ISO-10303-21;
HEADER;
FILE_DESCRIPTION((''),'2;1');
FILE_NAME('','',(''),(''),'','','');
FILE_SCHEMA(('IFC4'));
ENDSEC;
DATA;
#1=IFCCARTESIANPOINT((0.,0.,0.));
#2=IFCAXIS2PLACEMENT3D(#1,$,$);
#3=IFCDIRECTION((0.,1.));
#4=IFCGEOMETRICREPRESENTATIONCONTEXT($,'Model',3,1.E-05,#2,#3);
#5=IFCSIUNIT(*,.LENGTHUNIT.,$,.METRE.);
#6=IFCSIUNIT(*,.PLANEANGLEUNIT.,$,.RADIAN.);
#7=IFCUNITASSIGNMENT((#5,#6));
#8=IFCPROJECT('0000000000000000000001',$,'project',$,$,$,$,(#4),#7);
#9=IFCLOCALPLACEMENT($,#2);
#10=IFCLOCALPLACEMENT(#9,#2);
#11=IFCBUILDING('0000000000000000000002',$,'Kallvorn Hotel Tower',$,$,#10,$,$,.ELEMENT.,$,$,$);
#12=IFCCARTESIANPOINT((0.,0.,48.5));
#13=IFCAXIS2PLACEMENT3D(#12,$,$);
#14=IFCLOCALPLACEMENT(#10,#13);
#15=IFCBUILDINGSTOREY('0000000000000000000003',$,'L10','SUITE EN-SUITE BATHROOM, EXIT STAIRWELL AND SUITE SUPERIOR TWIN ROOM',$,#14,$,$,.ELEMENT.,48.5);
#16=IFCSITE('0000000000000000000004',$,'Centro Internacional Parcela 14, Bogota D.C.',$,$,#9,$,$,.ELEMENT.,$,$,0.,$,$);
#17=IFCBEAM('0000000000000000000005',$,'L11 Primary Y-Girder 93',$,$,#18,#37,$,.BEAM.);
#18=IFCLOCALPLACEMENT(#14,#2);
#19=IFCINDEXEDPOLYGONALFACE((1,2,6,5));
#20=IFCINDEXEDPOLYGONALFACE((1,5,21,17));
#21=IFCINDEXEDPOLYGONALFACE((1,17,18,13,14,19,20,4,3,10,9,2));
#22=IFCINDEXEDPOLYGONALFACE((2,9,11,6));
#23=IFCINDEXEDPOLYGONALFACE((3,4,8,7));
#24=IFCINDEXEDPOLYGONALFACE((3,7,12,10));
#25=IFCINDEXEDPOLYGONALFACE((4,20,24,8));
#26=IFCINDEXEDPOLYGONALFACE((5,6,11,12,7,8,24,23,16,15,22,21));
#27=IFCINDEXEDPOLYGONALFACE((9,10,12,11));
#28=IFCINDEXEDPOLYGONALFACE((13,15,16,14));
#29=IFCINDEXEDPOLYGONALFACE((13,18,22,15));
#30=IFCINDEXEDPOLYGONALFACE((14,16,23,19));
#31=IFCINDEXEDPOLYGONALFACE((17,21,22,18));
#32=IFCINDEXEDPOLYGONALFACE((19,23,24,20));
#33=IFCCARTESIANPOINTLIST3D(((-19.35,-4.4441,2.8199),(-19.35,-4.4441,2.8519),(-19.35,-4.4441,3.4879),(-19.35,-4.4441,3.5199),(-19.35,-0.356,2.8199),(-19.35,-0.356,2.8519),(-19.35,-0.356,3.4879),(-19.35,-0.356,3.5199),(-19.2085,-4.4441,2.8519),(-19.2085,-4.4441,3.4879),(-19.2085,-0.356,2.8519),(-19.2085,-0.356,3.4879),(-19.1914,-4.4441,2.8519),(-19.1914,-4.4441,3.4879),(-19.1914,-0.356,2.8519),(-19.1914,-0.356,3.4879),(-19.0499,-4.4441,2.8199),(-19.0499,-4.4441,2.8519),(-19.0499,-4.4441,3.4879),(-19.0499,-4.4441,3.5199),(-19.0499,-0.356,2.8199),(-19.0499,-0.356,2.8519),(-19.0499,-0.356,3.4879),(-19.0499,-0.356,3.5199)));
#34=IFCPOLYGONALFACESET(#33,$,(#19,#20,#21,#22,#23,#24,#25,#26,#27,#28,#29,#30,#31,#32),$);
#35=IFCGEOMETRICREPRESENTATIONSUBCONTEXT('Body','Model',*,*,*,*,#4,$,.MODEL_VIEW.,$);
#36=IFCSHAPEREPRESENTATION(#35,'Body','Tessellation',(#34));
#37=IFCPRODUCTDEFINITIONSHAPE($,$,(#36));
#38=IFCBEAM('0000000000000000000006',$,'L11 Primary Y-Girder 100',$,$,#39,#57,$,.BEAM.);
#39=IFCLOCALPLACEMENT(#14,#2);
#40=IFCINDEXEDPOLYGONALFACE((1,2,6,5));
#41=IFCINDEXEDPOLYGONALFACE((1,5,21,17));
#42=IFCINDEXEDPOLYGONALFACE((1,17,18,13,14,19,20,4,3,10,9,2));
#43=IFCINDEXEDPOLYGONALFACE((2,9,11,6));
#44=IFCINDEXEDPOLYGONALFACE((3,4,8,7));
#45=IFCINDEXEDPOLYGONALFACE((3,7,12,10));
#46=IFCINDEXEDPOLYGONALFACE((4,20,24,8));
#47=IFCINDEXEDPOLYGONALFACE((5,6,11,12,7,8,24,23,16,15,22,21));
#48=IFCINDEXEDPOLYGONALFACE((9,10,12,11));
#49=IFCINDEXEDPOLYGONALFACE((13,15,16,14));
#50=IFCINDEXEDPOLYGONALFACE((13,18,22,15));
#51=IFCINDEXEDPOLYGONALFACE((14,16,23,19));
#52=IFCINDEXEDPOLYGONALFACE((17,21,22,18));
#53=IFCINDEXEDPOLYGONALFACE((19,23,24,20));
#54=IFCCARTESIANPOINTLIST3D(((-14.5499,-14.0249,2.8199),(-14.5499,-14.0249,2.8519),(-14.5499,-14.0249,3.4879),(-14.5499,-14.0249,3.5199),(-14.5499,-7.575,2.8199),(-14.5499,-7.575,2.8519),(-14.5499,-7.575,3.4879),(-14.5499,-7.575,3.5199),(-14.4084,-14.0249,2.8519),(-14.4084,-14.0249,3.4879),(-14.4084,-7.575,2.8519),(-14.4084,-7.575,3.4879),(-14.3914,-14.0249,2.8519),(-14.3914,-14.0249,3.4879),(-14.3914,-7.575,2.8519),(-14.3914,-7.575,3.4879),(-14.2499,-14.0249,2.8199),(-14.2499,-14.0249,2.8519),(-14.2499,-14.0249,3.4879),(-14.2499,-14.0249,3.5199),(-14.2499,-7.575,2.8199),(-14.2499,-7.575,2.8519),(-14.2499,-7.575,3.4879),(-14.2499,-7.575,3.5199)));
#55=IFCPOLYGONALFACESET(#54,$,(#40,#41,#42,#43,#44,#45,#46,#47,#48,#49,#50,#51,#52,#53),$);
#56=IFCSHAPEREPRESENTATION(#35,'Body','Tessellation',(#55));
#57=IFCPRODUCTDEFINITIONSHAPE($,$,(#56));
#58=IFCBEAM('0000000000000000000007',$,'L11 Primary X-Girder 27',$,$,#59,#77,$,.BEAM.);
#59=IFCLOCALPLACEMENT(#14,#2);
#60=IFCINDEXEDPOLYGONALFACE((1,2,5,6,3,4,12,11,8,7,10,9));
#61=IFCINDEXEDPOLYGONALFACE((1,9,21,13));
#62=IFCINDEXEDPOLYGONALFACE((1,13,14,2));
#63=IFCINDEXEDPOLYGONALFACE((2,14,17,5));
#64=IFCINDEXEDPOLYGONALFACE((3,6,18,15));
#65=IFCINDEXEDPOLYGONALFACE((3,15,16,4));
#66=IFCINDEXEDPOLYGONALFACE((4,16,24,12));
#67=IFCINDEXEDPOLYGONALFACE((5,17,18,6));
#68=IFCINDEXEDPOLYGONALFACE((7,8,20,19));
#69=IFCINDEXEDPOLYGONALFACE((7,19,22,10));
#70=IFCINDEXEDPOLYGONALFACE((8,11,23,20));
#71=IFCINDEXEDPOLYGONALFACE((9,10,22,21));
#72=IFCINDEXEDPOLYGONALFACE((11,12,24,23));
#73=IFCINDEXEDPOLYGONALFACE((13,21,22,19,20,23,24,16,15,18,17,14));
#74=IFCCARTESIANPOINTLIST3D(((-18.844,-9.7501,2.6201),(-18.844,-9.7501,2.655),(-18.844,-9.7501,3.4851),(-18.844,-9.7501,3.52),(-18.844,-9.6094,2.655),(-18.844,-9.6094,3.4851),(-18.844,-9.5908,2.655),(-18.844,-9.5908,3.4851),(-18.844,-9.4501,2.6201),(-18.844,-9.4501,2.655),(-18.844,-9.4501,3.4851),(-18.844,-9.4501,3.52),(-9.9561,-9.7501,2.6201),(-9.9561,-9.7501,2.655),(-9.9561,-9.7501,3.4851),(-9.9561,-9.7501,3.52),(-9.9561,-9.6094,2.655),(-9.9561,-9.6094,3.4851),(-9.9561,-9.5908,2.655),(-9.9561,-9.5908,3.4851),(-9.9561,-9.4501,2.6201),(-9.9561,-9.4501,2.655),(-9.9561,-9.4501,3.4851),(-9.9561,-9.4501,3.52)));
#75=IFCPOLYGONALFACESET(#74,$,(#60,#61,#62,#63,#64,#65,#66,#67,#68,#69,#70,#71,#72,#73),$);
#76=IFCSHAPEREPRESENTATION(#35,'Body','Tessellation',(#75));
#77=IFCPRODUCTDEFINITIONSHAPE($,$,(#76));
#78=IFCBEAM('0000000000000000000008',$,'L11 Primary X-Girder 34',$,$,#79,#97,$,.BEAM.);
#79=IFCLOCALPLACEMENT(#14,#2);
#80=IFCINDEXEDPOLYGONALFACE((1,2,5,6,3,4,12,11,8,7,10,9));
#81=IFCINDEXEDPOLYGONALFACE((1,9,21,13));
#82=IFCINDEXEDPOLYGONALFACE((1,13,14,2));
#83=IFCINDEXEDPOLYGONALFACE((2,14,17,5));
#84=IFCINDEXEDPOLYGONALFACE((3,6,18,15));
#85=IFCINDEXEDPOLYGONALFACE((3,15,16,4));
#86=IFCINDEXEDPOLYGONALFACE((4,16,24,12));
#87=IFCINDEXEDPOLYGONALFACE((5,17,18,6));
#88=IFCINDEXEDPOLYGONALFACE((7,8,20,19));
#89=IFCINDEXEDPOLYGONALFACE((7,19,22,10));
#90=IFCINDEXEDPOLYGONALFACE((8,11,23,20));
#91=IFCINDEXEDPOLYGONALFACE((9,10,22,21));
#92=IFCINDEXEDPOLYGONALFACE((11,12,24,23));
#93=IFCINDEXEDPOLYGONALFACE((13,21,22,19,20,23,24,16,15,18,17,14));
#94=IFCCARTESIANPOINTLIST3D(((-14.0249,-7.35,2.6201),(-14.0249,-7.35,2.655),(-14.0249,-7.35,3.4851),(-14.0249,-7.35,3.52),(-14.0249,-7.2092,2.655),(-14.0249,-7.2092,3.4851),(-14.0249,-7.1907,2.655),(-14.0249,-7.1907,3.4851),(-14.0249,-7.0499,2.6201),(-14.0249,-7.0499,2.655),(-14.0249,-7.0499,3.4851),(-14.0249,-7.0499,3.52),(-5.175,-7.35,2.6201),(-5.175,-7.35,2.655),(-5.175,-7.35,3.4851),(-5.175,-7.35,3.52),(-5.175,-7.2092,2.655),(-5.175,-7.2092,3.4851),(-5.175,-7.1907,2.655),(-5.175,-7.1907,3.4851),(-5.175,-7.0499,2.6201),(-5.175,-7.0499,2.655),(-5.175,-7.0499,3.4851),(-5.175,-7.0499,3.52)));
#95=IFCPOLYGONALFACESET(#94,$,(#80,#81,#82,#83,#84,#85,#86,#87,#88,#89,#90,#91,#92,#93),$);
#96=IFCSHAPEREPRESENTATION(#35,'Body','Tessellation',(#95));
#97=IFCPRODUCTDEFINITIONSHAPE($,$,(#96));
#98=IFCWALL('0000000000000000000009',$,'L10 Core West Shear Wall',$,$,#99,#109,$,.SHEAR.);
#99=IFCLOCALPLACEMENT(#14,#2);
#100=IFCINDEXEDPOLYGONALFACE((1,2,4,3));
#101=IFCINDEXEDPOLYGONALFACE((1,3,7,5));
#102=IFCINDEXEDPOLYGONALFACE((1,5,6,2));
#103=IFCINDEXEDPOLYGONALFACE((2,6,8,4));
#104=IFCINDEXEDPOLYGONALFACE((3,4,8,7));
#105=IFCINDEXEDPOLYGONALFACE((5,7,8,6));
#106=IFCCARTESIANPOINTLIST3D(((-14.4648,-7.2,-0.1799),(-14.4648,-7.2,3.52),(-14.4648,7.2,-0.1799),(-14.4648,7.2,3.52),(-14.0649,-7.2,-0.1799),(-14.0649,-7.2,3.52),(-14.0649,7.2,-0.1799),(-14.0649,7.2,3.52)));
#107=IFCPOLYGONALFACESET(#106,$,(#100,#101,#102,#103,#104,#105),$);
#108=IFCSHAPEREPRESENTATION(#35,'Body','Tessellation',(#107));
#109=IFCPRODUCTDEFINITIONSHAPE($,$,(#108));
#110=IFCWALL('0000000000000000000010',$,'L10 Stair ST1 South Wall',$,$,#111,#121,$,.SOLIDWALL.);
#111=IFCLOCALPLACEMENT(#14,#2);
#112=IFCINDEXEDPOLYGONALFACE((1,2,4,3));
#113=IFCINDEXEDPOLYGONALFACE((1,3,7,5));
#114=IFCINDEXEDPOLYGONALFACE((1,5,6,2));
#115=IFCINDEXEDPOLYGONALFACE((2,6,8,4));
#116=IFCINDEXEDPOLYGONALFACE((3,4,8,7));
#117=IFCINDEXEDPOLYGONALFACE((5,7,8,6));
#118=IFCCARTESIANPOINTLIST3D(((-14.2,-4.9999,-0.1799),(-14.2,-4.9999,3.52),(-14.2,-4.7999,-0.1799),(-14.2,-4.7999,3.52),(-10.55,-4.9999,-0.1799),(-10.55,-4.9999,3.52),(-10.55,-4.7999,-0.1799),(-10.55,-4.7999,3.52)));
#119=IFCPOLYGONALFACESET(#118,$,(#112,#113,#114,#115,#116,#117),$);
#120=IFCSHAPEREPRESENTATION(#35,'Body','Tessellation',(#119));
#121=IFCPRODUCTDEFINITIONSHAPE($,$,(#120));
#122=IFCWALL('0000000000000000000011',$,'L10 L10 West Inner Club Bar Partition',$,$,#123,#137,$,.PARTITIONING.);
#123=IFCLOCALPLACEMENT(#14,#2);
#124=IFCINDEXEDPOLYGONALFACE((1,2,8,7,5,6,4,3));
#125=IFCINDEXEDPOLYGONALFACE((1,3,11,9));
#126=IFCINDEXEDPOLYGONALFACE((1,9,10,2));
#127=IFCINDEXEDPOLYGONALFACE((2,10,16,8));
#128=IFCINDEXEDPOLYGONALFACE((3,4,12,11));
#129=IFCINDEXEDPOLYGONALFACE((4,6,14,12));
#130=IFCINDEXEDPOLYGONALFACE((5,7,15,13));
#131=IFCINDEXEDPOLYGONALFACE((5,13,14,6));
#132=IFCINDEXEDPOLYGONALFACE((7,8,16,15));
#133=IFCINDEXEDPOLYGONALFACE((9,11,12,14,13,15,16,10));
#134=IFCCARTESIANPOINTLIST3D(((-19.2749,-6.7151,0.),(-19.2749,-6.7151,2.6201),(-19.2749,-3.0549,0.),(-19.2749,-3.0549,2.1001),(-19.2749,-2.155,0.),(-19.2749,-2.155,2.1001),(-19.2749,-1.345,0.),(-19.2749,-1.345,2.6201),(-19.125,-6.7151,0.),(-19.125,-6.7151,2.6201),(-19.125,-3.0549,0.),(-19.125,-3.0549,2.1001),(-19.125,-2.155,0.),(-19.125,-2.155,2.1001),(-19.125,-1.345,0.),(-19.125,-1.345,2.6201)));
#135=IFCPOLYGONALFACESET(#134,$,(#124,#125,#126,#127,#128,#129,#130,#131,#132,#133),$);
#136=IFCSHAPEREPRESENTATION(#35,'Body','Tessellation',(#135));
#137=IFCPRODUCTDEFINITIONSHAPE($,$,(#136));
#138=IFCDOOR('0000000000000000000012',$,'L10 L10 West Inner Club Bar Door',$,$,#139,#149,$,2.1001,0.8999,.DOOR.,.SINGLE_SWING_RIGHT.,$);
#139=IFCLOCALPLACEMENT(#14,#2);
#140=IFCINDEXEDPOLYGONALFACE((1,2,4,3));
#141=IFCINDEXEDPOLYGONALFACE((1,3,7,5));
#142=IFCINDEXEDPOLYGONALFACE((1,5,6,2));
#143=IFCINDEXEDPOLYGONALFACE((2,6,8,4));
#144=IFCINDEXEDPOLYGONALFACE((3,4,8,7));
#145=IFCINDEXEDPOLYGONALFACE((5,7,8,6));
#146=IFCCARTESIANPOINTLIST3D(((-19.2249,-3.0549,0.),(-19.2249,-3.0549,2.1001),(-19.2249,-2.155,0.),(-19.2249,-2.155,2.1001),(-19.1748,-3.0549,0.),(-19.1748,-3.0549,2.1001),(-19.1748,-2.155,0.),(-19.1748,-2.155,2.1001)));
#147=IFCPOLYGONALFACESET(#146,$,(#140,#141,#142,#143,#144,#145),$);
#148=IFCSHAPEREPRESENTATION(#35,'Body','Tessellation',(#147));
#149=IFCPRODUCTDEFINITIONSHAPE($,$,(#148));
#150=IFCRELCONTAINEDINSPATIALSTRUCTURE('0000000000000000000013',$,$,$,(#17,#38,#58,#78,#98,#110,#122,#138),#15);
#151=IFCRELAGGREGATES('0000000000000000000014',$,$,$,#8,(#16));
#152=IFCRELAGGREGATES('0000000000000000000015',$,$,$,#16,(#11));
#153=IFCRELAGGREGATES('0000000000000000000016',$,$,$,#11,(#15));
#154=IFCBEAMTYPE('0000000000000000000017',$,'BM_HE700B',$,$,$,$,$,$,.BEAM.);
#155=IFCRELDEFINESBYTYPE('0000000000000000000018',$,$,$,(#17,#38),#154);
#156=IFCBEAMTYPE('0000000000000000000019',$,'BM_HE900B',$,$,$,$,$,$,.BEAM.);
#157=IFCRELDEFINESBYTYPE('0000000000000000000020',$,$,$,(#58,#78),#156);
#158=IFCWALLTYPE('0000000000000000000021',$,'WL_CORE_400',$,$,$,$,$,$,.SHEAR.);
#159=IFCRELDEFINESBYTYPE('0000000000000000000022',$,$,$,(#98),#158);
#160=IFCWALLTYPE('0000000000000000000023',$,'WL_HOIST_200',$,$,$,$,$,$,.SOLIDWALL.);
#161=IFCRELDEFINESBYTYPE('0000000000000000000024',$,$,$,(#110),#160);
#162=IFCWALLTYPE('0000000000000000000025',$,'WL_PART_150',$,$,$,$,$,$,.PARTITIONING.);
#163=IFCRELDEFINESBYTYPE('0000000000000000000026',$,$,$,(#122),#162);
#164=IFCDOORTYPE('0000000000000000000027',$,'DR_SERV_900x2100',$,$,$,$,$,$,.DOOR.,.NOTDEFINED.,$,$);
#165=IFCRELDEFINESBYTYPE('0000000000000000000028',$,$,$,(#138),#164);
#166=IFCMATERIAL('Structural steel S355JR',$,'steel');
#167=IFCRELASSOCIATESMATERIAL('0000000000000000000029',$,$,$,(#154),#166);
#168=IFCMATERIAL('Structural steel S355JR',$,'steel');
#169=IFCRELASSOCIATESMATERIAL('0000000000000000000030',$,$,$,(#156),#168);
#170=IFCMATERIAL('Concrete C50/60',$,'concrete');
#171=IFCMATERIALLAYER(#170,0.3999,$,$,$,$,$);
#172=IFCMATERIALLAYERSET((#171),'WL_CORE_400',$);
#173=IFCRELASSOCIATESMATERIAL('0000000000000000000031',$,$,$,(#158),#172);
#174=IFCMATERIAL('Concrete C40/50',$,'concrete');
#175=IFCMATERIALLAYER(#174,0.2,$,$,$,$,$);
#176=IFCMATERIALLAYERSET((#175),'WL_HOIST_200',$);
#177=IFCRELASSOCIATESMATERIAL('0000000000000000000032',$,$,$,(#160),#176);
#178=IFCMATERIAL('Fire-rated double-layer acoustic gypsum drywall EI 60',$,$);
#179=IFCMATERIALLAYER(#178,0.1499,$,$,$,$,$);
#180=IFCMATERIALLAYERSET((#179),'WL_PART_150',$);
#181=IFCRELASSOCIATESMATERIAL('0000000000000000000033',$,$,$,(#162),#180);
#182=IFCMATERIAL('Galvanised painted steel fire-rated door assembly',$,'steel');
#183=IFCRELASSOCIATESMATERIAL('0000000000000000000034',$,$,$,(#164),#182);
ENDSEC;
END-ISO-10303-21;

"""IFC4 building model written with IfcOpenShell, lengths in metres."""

from ifc_helpers import new_model, si_unit, direction, frame, frame_2d, origin, origin_2d, place, context, subcontext, project, spatial, rectangle, i_section, extrude, material, layer, layer_set, material_profile, profile_set, type_object, element, fill, save


model = new_model("IFC4")

# Units and contexts
model_context = context("Model", 3, precision=1e-05, world=origin(), true_north=direction((0.0, 1.0)))
body_context = subcontext(model_context, "Body", "Model", "MODEL_VIEW")
ifc_project = project(units=[si_unit("LENGTHUNIT", "METRE"), si_unit("PLANEANGLEUNIT", "RADIAN")], contexts=[model_context])

# Site, building, storey
site_placement = place(None, origin())
site = spatial("IfcSite", under=ifc_project, at=site_placement, Name="Centro Internacional Parcela 14, Bogota D.C.", CompositionType="ELEMENT", RefElevation=0.0)
building_placement = place(site_placement, origin())
building = spatial("IfcBuilding", under=site, at=building_placement, Name="Kallvorn Hotel Tower", CompositionType="ELEMENT")
storey_placement = place(building_placement, frame((0.0, 0.0, 48.5)))
storey = spatial("IfcBuildingStorey", under=building, at=storey_placement, Name="L10", Description="SUITE EN-SUITE BATHROOM, EXIT STAIRWELL AND SUITE SUPERIOR TWIN ROOM", CompositionType="ELEMENT", Elevation=48.5)

# Beams
ifc_material_1 = material(Name="Structural steel S355JR", Category="steel")
ifc_material_profile_1 = material_profile(ifc_material_1, i_section(OverallWidth=0.3, OverallDepth=0.7, WebThickness=0.0171, FlangeThickness=0.032, at=origin_2d()), Name="HE 700 B")
ifc_profile_set_1 = profile_set([ifc_material_profile_1], Name="Structural steel S355JR")
beam_type_1 = type_object("IfcBeamType", Name="BM_HE700B", PredefinedType="BEAM", material=ifc_profile_set_1)
beam_1_placement = place(storey_placement, frame((-19.2, -4.4441, 3.1699), z_axis=(0.0, 1.0, 0.0), x_axis=(-1.0, 0.0, 0.0)))
element("IfcBeam", 1, at=beam_1_placement, inside=storey, type_object=beam_type_1, Name="L11 Primary Y-Girder 93", PredefinedType="BEAM", context=body_context, shape_type="SweptSolid", body=[
    extrude(i_section(OverallWidth=0.3, OverallDepth=0.7, WebThickness=0.0171, FlangeThickness=0.032, at=origin_2d()), origin(), (0.0, 0.0, 1.0), 4.0881),
])
beam_2_placement = place(storey_placement, frame((-14.3999, -14.0249, 3.1699), z_axis=(0.0, 1.0, 0.0), x_axis=(-1.0, 0.0, 0.0)))
element("IfcBeam", 2, at=beam_2_placement, inside=storey, type_object=beam_type_1, Name="L11 Primary Y-Girder 100", PredefinedType="BEAM", context=body_context, shape_type="SweptSolid", body=[
    extrude(i_section(OverallWidth=0.3, OverallDepth=0.7, WebThickness=0.0171, FlangeThickness=0.032, at=origin_2d()), origin(), (0.0, 0.0, 1.0), 6.45),
])
ifc_material_2 = material(Name="Structural steel S355JR", Category="steel")
ifc_material_profile_2 = material_profile(ifc_material_2, i_section(OverallWidth=0.3, OverallDepth=0.8999, WebThickness=0.0186, FlangeThickness=0.0349, at=origin_2d()), Name="HE 900 B")
ifc_profile_set_2 = profile_set([ifc_material_profile_2], Name="Structural steel S355JR")
beam_type_2 = type_object("IfcBeamType", Name="BM_HE900B", PredefinedType="BEAM", material=ifc_profile_set_2)
beam_3_placement = place(storey_placement, frame((-18.844, -9.6001, 3.0701), z_axis=(1.0, 0.0, 0.0), x_axis=(0.0, 1.0, 0.0)))
element("IfcBeam", 3, at=beam_3_placement, inside=storey, type_object=beam_type_2, Name="L11 Primary X-Girder 27", PredefinedType="BEAM", context=body_context, shape_type="SweptSolid", body=[
    extrude(i_section(OverallWidth=0.3, OverallDepth=0.8999, WebThickness=0.0186, FlangeThickness=0.0349, at=origin_2d()), origin(), (0.0, 0.0, 1.0), 8.8879),
])
beam_4_placement = place(storey_placement, frame((-14.0249, -7.2, 3.0701), z_axis=(1.0, 0.0, 0.0), x_axis=(0.0, 1.0, 0.0)))
element("IfcBeam", 4, at=beam_4_placement, inside=storey, type_object=beam_type_2, Name="L11 Primary X-Girder 34", PredefinedType="BEAM", context=body_context, shape_type="SweptSolid", body=[
    extrude(i_section(OverallWidth=0.3, OverallDepth=0.8999, WebThickness=0.0186, FlangeThickness=0.0349, at=origin_2d()), origin(), (0.0, 0.0, 1.0), 8.8499),
])

# Walls
ifc_material_3 = material(Name="Concrete C50/60", Category="concrete")
ifc_layer_1 = layer(ifc_material_3, 0.3999)
ifc_layer_set_1 = layer_set([ifc_layer_1], Name="WL_CORE_400")
wall_type_1 = type_object("IfcWallType", Name="WL_CORE_400", PredefinedType="SHEAR", material=ifc_layer_set_1)
wall_1_placement = place(storey_placement, frame((-14.2649, -7.2, -0.1799), z_axis=(0.0, 0.0, 1.0), x_axis=(0.0, 1.0, 0.0)))
element("IfcWall", 5, at=wall_1_placement, inside=storey, type_object=wall_type_1, Name="L10 Core West Shear Wall", PredefinedType="SHEAR", context=body_context, shape_type="SweptSolid", body=[
    extrude(rectangle(XDim=14.3999, YDim=0.3999, at=frame_2d((7.2, 0.0))), origin(), (0.0, 0.0, 1.0), 3.7),
])
ifc_material_4 = material(Name="Concrete C40/50", Category="concrete")
ifc_layer_2 = layer(ifc_material_4, 0.2)
ifc_layer_set_2 = layer_set([ifc_layer_2], Name="WL_HOIST_200")
wall_type_2 = type_object("IfcWallType", Name="WL_HOIST_200", PredefinedType="SOLIDWALL", material=ifc_layer_set_2)
wall_2_placement = place(storey_placement, frame((-14.2, -4.8999, -0.1799), z_axis=(0.0, 0.0, 1.0), x_axis=(1.0, 0.0, 0.0)))
element("IfcWall", 6, at=wall_2_placement, inside=storey, type_object=wall_type_2, Name="L10 Stair ST1 South Wall", PredefinedType="SOLIDWALL", context=body_context, shape_type="SweptSolid", body=[
    extrude(rectangle(XDim=3.6499, YDim=0.2, at=frame_2d((1.825, 0.0))), origin(), (0.0, 0.0, 1.0), 3.7),
])

# Wall, opening, door
ifc_material_5 = material(Name="Fire-rated double-layer acoustic gypsum drywall EI 60")
ifc_layer_3 = layer(ifc_material_5, 0.1499)
ifc_layer_set_3 = layer_set([ifc_layer_3], Name="WL_PART_150")
wall_type_3 = type_object("IfcWallType", Name="WL_PART_150", PredefinedType="PARTITIONING", material=ifc_layer_set_3)
wall_3_placement = place(storey_placement, frame((-19.2, -6.7151, 0.0), z_axis=(0.0, 0.0, 1.0), x_axis=(0.0, 1.0, 0.0)))
wall_3 = element("IfcWall", 7, at=wall_3_placement, inside=storey, type_object=wall_type_3, Name="L10 L10 West Inner Club Bar Partition", PredefinedType="PARTITIONING", context=body_context, shape_type="SweptSolid", body=[
    extrude(rectangle(XDim=5.3701, YDim=0.1499, at=frame_2d((2.6851, 0.0))), origin(), (0.0, 0.0, 1.0), 2.6201),
])
opening_1_placement = place(wall_3_placement, frame((3.6602, 0.0, 0.0)))
opening_1 = element("IfcOpeningElement", 8, at=opening_1_placement, cuts=wall_3, PredefinedType="OPENING", context=body_context, shape_type="SweptSolid", body=[
    extrude(rectangle(XDim=0.8999, YDim=2.1001, at=frame_2d((0.45, 1.05))), frame((0.0, 0.0898, 0.0), z_axis=(0.0, -1.0, 0.0), x_axis=(1.0, 0.0, 0.0)), (0.0, 0.0, 1.0), 0.1799),
])
ifc_material_6 = material(Name="Galvanised painted steel fire-rated door assembly", Category="steel")
door_type_1 = type_object("IfcDoorType", Name="DR_SERV_900x2100", OperationType="NOTDEFINED", PredefinedType="DOOR", material=ifc_material_6)
door_1_placement = place(opening_1_placement, origin())
door_1 = element("IfcDoor", 9, at=door_1_placement, inside=storey, type_object=door_type_1, Name="L10 L10 West Inner Club Bar Door", OperationType="SINGLE_SWING_RIGHT", OverallHeight=2.1001, OverallWidth=0.8999, PredefinedType="DOOR", context=body_context, shape_type="SweptSolid", body=[
    extrude(rectangle(XDim=0.8999, YDim=2.1001, at=frame_2d((0.45, 1.05))), frame((0.0, 0.0249, 0.0), z_axis=(0.0, -1.0, 0.0), x_axis=(1.0, 0.0, 0.0)), (0.0, 0.0, 1.0), 0.05),
])
fill(opening_1, door_1)

save(model, "model.ifc")
